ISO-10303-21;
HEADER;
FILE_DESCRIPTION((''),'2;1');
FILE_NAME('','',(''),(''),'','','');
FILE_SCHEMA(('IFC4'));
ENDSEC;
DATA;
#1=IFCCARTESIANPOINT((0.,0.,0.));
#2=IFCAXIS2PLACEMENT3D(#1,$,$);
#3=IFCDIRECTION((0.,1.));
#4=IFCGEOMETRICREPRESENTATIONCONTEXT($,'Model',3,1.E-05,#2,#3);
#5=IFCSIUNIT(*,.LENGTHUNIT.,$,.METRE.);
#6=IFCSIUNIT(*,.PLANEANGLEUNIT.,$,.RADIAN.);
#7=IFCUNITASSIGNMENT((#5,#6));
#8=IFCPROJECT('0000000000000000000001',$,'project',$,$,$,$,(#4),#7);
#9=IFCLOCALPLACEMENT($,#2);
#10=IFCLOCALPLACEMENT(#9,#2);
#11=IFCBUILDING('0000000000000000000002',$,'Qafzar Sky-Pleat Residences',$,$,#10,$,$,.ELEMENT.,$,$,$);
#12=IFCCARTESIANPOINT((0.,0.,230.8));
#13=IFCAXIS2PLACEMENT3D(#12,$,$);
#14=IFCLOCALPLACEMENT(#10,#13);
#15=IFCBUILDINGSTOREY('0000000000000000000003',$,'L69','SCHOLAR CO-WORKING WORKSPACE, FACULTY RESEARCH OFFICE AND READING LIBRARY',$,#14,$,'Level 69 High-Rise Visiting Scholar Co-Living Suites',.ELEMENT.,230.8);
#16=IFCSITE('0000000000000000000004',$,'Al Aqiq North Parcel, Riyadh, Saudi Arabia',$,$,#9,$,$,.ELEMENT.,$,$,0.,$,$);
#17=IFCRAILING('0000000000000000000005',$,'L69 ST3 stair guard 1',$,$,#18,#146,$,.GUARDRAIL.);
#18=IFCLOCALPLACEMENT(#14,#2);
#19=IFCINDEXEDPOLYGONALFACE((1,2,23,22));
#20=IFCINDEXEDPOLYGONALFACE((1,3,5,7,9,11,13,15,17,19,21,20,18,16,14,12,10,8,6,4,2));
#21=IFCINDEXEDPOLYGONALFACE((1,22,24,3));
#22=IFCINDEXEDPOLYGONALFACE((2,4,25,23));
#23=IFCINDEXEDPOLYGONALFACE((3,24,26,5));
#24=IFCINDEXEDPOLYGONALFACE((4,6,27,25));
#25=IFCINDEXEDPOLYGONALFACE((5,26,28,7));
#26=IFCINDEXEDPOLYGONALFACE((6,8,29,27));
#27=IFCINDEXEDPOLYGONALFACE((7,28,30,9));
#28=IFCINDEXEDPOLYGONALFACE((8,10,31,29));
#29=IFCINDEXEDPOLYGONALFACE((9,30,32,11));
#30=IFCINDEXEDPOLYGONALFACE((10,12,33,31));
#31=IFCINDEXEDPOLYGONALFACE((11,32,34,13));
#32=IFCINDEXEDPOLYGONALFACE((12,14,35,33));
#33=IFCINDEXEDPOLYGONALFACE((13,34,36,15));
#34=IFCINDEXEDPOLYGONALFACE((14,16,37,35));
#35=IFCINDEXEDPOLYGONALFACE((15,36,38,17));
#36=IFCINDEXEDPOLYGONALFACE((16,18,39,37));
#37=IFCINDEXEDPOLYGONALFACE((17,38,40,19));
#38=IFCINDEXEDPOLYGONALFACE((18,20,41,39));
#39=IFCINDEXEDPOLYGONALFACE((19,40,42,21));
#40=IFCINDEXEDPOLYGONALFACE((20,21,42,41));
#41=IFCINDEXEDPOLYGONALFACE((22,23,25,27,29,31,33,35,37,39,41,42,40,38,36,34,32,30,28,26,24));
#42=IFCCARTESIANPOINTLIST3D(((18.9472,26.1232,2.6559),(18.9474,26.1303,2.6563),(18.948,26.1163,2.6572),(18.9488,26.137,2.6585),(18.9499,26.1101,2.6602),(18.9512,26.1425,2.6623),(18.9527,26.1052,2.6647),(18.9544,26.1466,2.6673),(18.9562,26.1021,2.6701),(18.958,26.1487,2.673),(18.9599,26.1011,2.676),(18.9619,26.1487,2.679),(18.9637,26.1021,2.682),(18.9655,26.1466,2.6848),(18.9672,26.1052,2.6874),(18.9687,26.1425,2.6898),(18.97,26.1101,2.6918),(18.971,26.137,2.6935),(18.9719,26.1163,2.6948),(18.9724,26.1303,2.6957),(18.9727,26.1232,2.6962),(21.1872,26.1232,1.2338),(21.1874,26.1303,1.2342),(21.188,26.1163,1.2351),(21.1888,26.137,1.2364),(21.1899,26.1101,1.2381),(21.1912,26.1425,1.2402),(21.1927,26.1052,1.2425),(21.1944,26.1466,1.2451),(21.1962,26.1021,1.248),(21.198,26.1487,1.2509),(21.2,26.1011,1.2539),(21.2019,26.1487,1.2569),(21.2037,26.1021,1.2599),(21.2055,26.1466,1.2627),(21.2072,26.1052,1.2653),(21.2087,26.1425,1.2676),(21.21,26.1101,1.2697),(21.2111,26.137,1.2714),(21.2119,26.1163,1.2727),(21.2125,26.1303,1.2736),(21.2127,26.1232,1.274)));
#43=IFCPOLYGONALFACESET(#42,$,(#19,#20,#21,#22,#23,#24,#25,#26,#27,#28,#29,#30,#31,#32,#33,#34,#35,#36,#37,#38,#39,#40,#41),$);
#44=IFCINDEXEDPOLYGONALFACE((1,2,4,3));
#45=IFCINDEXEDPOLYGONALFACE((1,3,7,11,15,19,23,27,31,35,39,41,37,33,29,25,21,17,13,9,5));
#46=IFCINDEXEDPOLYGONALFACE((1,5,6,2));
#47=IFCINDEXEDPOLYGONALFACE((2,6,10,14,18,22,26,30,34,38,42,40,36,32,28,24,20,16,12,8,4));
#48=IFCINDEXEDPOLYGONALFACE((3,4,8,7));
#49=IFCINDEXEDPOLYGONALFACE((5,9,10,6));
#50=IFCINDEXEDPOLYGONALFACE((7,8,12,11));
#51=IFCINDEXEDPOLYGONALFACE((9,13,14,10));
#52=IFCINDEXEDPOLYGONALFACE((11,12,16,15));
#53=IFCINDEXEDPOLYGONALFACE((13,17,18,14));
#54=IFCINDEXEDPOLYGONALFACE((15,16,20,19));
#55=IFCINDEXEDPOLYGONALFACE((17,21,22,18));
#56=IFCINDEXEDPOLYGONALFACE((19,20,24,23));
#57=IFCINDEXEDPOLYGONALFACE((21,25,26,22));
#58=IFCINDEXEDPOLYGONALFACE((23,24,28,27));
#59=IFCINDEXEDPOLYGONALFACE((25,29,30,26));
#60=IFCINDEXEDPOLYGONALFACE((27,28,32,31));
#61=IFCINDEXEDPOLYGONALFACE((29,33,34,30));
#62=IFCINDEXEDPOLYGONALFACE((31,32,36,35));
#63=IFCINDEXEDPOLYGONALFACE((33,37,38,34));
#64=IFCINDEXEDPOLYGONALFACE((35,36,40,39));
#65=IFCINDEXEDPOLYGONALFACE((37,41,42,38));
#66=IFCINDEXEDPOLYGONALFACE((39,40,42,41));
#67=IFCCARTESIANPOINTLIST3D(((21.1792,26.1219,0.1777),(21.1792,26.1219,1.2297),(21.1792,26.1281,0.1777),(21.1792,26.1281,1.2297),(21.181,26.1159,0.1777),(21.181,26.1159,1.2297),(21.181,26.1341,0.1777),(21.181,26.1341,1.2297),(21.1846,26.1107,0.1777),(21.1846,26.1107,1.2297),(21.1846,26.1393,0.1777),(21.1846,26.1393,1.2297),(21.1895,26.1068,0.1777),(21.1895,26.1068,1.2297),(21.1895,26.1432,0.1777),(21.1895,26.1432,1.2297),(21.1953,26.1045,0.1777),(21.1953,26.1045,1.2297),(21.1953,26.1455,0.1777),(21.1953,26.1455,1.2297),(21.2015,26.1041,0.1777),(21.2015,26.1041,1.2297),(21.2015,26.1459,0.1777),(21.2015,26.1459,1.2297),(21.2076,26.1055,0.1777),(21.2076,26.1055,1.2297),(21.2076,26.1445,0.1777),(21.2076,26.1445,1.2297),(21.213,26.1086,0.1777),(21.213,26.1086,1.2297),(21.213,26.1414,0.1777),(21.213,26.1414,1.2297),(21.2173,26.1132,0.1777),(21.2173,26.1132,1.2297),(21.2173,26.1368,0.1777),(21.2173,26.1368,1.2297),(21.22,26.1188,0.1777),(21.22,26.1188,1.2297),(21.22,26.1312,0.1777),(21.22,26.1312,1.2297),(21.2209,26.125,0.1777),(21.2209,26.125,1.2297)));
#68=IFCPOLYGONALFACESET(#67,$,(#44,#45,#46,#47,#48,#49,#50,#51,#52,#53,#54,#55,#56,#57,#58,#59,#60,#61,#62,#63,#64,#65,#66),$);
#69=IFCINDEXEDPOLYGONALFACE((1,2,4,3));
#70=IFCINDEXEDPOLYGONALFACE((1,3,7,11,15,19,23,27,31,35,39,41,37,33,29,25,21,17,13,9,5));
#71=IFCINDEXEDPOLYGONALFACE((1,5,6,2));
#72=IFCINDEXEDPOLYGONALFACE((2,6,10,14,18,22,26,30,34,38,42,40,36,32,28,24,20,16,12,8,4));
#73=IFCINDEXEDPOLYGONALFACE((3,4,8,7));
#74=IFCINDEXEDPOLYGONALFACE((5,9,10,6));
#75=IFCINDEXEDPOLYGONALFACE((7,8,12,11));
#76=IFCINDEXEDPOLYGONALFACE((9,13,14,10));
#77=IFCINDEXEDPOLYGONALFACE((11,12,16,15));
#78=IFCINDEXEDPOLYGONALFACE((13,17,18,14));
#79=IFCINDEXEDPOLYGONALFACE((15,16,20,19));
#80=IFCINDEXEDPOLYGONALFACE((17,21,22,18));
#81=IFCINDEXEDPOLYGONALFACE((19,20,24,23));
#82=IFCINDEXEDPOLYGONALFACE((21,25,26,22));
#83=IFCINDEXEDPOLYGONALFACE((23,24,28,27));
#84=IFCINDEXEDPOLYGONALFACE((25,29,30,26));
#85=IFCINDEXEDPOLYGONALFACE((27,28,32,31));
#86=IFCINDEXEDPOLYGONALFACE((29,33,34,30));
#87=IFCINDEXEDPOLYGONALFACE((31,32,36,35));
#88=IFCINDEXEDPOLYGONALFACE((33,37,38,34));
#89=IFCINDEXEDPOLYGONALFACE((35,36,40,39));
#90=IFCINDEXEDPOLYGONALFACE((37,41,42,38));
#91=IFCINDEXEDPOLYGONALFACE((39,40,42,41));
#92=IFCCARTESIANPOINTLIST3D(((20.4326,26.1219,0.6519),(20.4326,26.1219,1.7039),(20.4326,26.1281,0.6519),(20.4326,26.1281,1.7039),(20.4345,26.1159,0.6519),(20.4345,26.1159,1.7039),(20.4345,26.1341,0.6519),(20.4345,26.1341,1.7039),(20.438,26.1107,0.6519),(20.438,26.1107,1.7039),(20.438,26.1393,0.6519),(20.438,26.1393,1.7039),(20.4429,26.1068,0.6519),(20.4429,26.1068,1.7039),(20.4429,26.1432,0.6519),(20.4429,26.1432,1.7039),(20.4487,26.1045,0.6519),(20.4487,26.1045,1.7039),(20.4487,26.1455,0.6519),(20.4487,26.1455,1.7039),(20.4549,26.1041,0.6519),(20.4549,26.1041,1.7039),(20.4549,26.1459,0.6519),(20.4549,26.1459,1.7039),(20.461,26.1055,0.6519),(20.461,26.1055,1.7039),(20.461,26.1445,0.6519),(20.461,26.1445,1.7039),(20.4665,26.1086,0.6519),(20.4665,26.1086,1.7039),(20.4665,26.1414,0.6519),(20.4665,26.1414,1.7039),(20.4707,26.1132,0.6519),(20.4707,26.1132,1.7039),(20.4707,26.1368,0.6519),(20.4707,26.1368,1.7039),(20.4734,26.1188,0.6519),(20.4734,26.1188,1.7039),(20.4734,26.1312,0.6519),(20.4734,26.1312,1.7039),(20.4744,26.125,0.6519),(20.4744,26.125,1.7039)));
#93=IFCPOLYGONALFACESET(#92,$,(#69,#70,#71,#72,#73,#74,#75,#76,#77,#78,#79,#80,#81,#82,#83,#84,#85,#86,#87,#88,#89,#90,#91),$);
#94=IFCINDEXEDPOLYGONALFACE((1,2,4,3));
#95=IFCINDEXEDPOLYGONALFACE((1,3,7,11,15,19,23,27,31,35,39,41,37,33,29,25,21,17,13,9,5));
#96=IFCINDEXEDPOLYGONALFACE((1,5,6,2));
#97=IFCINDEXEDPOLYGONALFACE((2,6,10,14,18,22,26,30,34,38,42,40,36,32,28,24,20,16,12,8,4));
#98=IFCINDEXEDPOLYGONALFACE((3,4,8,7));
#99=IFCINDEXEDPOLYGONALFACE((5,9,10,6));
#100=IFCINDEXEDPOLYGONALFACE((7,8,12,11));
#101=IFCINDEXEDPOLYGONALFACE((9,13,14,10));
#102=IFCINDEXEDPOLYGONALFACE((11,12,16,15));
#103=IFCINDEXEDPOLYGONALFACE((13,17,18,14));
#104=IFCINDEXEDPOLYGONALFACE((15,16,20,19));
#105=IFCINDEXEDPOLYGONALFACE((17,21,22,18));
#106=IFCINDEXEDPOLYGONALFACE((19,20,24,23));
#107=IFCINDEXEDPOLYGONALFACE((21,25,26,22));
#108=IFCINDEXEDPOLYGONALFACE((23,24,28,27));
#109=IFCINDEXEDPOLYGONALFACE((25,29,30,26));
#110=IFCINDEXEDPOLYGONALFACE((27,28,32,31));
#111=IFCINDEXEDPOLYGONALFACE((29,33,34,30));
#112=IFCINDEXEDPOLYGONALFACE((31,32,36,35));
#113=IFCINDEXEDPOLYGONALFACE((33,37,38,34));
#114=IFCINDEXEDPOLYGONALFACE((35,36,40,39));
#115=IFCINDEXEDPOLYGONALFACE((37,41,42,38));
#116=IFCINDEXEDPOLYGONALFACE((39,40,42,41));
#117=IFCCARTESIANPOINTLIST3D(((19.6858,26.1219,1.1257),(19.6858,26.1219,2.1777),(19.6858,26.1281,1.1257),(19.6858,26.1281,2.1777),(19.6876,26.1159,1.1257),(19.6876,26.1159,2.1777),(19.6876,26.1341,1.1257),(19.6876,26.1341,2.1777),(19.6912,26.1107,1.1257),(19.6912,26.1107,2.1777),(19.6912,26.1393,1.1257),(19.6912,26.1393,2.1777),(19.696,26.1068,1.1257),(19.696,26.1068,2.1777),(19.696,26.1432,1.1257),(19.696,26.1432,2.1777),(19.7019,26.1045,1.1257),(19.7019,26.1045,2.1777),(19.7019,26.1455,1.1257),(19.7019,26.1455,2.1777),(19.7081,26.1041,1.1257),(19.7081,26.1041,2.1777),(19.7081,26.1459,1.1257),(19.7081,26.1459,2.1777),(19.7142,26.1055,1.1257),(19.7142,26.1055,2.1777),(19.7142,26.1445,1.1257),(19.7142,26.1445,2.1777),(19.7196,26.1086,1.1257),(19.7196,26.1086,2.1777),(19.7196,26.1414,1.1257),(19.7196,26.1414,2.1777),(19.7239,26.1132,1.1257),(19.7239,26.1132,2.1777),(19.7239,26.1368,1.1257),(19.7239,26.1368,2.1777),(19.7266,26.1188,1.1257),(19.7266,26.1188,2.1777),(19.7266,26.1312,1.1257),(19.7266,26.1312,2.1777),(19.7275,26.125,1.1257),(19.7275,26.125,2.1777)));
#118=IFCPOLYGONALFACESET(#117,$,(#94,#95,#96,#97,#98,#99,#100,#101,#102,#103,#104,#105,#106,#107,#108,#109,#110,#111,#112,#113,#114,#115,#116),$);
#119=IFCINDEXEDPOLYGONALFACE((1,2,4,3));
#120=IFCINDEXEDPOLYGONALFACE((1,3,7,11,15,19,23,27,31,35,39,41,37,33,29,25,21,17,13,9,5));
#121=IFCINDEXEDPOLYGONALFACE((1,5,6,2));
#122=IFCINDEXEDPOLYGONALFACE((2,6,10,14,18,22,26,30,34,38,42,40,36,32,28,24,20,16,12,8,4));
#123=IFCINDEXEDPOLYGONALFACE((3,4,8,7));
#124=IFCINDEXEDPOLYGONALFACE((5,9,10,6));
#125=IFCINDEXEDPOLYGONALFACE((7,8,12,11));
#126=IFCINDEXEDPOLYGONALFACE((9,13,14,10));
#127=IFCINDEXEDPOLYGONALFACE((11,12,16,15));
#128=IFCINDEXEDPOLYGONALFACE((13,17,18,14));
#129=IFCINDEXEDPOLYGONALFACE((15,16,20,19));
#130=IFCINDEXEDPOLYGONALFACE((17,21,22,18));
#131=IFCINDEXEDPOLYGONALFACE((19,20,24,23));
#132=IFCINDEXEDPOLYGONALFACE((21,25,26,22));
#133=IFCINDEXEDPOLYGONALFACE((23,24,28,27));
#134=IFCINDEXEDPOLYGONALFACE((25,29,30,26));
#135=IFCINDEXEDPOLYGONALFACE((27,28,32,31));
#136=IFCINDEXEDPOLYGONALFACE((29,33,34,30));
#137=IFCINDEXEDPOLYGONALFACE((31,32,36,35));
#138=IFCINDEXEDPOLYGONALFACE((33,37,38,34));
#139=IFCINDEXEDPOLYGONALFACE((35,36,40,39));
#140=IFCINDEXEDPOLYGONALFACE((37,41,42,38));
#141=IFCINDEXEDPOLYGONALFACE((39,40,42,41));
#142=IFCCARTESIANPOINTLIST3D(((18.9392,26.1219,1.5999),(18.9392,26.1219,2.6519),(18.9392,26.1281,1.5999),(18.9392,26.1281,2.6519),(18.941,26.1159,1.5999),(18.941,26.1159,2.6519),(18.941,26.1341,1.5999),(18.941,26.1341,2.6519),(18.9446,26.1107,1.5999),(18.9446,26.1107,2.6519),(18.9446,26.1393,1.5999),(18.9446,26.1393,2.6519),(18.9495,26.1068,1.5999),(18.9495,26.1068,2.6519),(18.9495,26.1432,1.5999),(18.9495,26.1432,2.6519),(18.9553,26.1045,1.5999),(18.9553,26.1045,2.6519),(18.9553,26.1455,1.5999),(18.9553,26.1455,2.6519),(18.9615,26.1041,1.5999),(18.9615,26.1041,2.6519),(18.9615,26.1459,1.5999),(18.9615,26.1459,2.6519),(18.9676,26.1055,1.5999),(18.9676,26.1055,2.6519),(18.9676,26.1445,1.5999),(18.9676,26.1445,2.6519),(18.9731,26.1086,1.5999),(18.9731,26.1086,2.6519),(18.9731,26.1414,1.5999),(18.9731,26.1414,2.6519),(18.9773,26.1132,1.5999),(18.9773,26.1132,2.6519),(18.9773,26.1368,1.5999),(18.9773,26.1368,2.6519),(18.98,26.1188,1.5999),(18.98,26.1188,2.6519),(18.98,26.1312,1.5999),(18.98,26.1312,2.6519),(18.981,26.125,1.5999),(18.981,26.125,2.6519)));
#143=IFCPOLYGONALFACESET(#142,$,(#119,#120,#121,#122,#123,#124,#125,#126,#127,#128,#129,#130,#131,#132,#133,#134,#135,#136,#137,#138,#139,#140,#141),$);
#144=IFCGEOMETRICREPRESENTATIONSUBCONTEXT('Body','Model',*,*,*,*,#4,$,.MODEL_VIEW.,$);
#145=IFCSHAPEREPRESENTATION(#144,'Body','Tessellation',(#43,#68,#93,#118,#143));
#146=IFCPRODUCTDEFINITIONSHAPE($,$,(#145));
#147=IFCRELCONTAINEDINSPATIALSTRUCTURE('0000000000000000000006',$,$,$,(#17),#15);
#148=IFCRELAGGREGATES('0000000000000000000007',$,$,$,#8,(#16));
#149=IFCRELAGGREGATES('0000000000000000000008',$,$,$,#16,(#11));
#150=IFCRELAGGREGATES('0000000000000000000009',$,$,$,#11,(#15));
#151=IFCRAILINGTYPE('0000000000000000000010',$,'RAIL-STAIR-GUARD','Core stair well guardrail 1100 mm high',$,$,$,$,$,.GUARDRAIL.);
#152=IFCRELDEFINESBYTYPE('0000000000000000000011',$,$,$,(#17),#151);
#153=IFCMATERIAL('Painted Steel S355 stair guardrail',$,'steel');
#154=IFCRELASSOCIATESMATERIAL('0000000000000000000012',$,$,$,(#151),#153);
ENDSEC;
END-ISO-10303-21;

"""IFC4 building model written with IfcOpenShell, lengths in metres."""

from ifc_helpers import new_model, si_unit, direction, frame, origin, origin_2d, place, context, subcontext, project, spatial, circle, extrude, source, transform, mapped, material, type_object, element, save


model = new_model("IFC4")

# Units and contexts
model_context = context("Model", 3, precision=1e-05, world=origin(), true_north=direction((0.0, 1.0)))
body_context = subcontext(model_context, "Body", "Model", "MODEL_VIEW")
ifc_project = project(units=[si_unit("LENGTHUNIT", "METRE"), si_unit("PLANEANGLEUNIT", "RADIAN")], contexts=[model_context])

# Site, building, storey
site_placement = place(None, origin())
site = spatial("IfcSite", under=ifc_project, at=site_placement, Name="Al Aqiq North Parcel, Riyadh, Saudi Arabia", CompositionType="ELEMENT", RefElevation=0.0)
building_placement = place(site_placement, origin())
building = spatial("IfcBuilding", under=site, at=building_placement, Name="Qafzar Sky-Pleat Residences", CompositionType="ELEMENT")
storey_placement = place(building_placement, frame((0.0, 0.0, 230.8)))
storey = spatial("IfcBuildingStorey", under=building, at=storey_placement, Name="L69", Description="SCHOLAR CO-WORKING WORKSPACE, FACULTY RESEARCH OFFICE AND READING LIBRARY", LongName="Level 69 High-Rise Visiting Scholar Co-Living Suites", CompositionType="ELEMENT", Elevation=230.8)

# Railing
ifc_material_1 = material(Name="Painted Steel S355 stair guardrail", Category="steel")
railing_type_1 = type_object("IfcRailingType", Name="RAIL-STAIR-GUARD", Description="Core stair well guardrail 1100 mm high", PredefinedType="GUARDRAIL", material=ifc_material_1)
shared_shape_1 = source(origin(), body_context, "Body", "SweptSolid", [
    extrude(circle(Radius=0.0239, at=origin_2d()), frame((0.0, 0.0, 1.0762), z_axis=(-0.844229, 0.0, 0.535982), x_axis=(0.0, -1.0, 0.0)), (0.0, 0.0, 1.0), 2.6533),
    extrude(circle(Radius=0.021, at=origin_2d()), origin(), (0.0, 0.0, 1.0), 1.052),
    extrude(circle(Radius=0.021, at=origin_2d()), frame((-0.7466, 0.0, 0.4741)), (0.0, 0.0, 1.0), 1.052),
    extrude(circle(Radius=0.021, at=origin_2d()), frame((-1.4934, 0.0, 0.948)), (0.0, 0.0, 1.0), 1.052),
    extrude(circle(Radius=0.021, at=origin_2d()), frame((-2.24, 0.0, 1.4221)), (0.0, 0.0, 1.0), 1.052),
])
railing_1_placement = place(storey_placement, frame((21.2, 26.125, 0.1777)))
element("IfcRailing", 1, at=railing_1_placement, inside=storey, type_object=railing_type_1, Name="L69 ST3 stair guard 1", PredefinedType="GUARDRAIL", context=body_context, shape_type="MappedRepresentation", body=[
    mapped(shared_shape_1, transform((0.0, 0.0, 0.0), x_axis=(1.0, 0.0, 0.0), y_axis=(0.0, 1.0, 0.0), z_axis=(0.0, 0.0, 1.0), scale=1.0)),
])

save(model, "model.ifc")
